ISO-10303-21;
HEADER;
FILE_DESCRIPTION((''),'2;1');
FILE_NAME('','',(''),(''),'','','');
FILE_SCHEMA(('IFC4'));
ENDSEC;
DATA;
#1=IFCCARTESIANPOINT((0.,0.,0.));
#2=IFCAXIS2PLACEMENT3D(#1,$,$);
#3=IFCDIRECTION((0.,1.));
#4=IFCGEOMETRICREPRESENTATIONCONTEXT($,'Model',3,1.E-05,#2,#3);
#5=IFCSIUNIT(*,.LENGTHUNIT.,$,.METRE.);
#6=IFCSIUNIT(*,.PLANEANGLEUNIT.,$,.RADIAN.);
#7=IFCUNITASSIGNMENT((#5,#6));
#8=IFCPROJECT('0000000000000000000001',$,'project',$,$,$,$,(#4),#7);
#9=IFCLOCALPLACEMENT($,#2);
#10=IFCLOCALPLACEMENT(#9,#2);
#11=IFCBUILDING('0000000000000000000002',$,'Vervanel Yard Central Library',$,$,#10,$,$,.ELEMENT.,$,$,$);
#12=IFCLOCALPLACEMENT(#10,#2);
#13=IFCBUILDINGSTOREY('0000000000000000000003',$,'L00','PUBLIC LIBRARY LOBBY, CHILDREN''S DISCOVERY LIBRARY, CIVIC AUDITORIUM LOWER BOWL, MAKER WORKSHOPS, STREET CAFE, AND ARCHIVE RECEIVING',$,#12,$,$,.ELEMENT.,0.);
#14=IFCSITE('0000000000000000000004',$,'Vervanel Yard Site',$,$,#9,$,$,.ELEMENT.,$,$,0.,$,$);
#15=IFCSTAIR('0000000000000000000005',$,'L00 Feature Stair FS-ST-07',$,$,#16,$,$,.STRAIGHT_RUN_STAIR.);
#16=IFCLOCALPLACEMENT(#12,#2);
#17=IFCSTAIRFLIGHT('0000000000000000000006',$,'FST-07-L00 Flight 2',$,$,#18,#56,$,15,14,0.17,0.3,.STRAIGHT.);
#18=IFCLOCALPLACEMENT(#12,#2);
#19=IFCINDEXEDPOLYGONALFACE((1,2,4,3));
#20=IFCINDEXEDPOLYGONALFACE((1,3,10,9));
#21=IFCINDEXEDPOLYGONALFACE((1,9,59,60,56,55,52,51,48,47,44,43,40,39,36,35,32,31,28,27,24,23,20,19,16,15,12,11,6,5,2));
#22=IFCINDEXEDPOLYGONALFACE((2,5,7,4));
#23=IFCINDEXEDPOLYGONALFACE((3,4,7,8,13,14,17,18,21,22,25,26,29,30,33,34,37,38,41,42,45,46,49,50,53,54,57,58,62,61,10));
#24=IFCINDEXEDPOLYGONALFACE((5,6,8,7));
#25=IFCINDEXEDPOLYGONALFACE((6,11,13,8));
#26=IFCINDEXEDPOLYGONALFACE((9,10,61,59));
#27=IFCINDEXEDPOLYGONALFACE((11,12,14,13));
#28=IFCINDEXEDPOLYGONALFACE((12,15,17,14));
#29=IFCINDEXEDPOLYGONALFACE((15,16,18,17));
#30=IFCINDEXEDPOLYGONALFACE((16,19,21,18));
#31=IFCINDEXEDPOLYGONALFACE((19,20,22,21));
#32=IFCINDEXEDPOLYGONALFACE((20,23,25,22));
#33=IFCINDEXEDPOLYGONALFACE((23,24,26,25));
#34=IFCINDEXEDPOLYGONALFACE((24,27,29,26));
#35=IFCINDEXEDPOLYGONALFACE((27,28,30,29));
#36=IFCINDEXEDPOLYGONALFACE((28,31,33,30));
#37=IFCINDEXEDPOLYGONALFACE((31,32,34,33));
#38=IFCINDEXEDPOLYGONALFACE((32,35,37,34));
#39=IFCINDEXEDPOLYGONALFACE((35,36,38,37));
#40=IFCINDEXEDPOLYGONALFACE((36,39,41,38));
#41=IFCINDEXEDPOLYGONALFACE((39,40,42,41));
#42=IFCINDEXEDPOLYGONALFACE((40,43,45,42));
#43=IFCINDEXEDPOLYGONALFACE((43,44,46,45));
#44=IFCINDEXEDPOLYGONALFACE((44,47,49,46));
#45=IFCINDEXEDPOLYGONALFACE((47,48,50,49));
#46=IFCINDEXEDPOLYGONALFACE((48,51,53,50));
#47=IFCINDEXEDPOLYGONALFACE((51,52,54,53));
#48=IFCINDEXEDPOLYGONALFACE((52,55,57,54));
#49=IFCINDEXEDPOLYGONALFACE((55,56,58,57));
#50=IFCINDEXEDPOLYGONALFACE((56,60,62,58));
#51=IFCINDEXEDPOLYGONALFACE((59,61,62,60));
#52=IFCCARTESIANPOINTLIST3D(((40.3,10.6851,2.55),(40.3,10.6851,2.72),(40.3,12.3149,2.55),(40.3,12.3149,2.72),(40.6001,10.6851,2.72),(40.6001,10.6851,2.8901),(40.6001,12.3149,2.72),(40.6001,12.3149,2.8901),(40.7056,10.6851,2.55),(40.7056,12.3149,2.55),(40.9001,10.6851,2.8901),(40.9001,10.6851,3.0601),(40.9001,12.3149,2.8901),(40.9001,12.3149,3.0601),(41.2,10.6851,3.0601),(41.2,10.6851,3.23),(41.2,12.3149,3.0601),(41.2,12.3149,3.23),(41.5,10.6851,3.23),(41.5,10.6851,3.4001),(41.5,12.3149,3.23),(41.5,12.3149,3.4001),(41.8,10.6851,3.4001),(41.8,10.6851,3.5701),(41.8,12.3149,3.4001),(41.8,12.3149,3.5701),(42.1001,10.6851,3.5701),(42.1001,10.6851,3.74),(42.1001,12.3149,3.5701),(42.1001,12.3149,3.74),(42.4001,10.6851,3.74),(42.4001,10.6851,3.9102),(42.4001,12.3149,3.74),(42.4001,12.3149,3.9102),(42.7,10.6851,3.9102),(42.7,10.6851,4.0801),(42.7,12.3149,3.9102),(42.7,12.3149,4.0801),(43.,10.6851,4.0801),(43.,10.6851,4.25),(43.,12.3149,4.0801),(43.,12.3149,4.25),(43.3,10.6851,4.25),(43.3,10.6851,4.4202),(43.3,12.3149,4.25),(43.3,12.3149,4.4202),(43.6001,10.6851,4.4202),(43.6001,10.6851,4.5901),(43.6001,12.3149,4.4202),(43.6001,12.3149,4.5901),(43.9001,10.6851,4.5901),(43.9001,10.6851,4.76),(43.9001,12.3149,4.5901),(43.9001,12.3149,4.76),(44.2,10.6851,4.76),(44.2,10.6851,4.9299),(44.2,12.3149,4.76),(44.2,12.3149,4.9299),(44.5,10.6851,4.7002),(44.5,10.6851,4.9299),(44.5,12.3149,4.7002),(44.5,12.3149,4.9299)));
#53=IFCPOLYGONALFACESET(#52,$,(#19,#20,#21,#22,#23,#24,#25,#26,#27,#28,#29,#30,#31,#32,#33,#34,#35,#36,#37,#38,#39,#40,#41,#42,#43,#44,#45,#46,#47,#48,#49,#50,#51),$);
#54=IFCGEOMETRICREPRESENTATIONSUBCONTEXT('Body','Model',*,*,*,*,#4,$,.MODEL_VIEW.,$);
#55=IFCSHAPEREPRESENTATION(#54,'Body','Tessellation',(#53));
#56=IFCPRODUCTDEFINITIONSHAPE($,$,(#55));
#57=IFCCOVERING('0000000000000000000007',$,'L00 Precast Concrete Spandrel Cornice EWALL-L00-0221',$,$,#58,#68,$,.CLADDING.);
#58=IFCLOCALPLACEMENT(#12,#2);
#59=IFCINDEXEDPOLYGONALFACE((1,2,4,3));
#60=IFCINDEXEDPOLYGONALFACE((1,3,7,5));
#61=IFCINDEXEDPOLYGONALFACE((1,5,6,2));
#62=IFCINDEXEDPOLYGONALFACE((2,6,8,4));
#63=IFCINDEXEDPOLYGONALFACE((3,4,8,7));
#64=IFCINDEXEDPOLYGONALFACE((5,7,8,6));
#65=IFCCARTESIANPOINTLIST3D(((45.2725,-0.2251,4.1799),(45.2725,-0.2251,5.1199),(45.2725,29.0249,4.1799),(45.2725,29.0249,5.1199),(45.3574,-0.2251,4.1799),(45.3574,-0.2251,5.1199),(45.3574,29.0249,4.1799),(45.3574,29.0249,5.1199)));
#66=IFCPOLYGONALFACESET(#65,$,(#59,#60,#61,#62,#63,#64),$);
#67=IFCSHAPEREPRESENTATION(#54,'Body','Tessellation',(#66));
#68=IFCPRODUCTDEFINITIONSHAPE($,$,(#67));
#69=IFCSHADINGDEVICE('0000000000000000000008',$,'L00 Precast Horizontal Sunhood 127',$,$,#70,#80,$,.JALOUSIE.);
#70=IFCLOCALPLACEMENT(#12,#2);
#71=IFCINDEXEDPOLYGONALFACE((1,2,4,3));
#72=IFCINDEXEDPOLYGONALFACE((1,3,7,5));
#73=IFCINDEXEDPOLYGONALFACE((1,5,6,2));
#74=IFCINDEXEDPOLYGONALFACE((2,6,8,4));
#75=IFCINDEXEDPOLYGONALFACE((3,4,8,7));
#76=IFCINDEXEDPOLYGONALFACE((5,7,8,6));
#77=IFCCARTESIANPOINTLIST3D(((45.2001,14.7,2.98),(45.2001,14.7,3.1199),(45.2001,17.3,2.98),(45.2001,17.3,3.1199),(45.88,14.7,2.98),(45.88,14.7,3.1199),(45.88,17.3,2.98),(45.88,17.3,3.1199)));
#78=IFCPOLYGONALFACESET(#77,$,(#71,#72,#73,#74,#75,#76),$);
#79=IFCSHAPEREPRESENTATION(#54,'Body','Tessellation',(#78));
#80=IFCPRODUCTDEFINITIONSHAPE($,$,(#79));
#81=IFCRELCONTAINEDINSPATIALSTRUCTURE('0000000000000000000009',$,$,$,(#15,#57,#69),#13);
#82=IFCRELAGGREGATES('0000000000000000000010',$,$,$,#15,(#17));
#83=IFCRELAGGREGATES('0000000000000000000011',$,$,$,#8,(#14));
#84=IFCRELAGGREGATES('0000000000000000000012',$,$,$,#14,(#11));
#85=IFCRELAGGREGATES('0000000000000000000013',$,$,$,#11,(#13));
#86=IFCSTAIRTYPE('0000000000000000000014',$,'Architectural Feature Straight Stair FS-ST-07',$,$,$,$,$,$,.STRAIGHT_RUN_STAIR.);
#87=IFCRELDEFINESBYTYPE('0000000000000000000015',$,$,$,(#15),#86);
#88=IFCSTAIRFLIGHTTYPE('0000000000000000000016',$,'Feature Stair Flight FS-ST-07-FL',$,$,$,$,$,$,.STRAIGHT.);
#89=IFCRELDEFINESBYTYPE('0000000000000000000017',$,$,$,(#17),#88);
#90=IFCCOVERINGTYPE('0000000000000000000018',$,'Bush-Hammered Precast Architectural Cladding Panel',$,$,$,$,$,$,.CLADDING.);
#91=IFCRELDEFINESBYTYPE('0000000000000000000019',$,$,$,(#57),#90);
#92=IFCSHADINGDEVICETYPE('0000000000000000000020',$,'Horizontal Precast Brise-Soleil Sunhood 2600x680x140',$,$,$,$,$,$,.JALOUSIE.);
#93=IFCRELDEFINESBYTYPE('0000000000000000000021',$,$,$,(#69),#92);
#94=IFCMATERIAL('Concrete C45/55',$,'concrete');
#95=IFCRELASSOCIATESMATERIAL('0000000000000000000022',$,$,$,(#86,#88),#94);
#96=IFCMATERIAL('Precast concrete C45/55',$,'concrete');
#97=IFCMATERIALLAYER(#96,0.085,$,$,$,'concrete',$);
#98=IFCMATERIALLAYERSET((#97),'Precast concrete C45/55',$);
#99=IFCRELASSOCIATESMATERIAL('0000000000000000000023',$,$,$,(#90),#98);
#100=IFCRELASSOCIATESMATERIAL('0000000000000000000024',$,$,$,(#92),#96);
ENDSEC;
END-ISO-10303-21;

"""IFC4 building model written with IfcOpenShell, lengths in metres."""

from ifc_helpers import new_model, si_unit, direction, frame, origin, origin_2d, place, context, subcontext, project, spatial, polyline, rectangle, outline, extrude, material, layer, layer_set, type_object, element, aggregate, save


model = new_model("IFC4")

# Units and contexts
model_context = context("Model", 3, precision=1e-05, world=origin(), true_north=direction((0.0, 1.0)))
body_context = subcontext(model_context, "Body", "Model", "MODEL_VIEW")
ifc_project = project(units=[si_unit("LENGTHUNIT", "METRE"), si_unit("PLANEANGLEUNIT", "RADIAN")], contexts=[model_context])

# Site, building, storey
site_placement = place(None, origin())
site = spatial("IfcSite", under=ifc_project, at=site_placement, Name="Vervanel Yard Site", CompositionType="ELEMENT", RefElevation=0.0)
building_placement = place(site_placement, origin())
building = spatial("IfcBuilding", under=site, at=building_placement, Name="Vervanel Yard Central Library", CompositionType="ELEMENT")
storey_placement = place(building_placement, origin())
storey = spatial("IfcBuildingStorey", under=building, at=storey_placement, Name="L00", Description="PUBLIC LIBRARY LOBBY, CHILDREN'S DISCOVERY LIBRARY, CIVIC AUDITORIUM LOWER BOWL, MAKER WORKSHOPS, STREET CAFE, AND ARCHIVE RECEIVING", CompositionType="ELEMENT", Elevation=0.0)

# Stair, stair flight
ifc_material_1 = material(Name="Concrete C45/55", Category="concrete")
stair_type = type_object("IfcStairType", Name="Architectural Feature Straight Stair FS-ST-07", PredefinedType="STRAIGHT_RUN_STAIR", material=ifc_material_1)
stair_placement = place(storey_placement, origin())
stair = element("IfcStair", 1, at=stair_placement, inside=storey, type_object=stair_type, Name="L00 Feature Stair FS-ST-07", PredefinedType="STRAIGHT_RUN_STAIR")
stair_flight_type = type_object("IfcStairFlightType", Name="Feature Stair Flight FS-ST-07-FL", PredefinedType="STRAIGHT", material=ifc_material_1)
stair_flight_placement = place(storey_placement, frame((40.3, 11.5, 2.55), z_axis=(0.0, 0.0, 1.0), x_axis=(1.0, 0.0, 0.0)))
stair_flight = element("IfcStairFlight", 2, at=stair_flight_placement, type_object=stair_flight_type, Name="FST-07-L00 Flight 2", NumberOfRisers=15, NumberOfTreads=14, PredefinedType="STRAIGHT", RiserHeight=0.17, TreadLength=0.3, context=body_context, shape_type="SweptSolid", body=[
    extrude(outline(polyline([(0.0, 0.0), (0.0, 0.1699), (0.3, 0.1699), (0.3, 0.3401), (0.6001, 0.3401), (0.6001, 0.51), (0.8999, 0.51), (0.8999, 0.6799), (1.2, 0.6799), (1.2, 0.8501), (1.5, 0.8501), (1.5, 1.02), (1.8, 1.02), (1.8, 1.1899), (2.1001, 1.1899), (2.1001, 1.3601), (2.3999, 1.3601), (2.3999, 1.53), (2.7, 1.53), (2.7, 1.7), (3.0, 1.7), (3.0, 1.8701), (3.3, 1.8701), (3.3, 2.04), (3.6001, 2.04), (3.6001, 2.21), (3.8999, 2.21), (3.8999, 2.3799), (4.2, 2.3799), (4.2, 2.55), (4.2, 2.1501), (0.4055, 0.0), (0.0, 0.0)])), frame((0.0, 0.8149, 0.0), z_axis=(0.0, -1.0, 0.0), x_axis=(1.0, 0.0, 0.0)), (0.0, 0.0, 1.0), 1.6299),
])
aggregate(stair, [stair_flight])

# Covering
ifc_material_2 = material(Name="Precast concrete C45/55", Category="concrete")
ifc_layer = layer(ifc_material_2, 0.085, Category="concrete")
ifc_layer_set = layer_set([ifc_layer], Name="Precast concrete C45/55")
covering_type = type_object("IfcCoveringType", Name="Bush-Hammered Precast Architectural Cladding Panel", PredefinedType="CLADDING", material=ifc_layer_set)
covering_placement = place(storey_placement, frame((45.3149, 14.3999, 4.1799), z_axis=(0.0, 0.0, 1.0), x_axis=(0.0, 1.0, 0.0)))
element("IfcCovering", 3, at=covering_placement, inside=storey, type_object=covering_type, Name="L00 Precast Concrete Spandrel Cornice EWALL-L00-0221", PredefinedType="CLADDING", context=body_context, shape_type="SweptSolid", body=[
    extrude(rectangle(XDim=29.25, YDim=0.085, at=origin_2d()), origin(), (0.0, 0.0, 1.0), 0.9399),
])

# Shading device
shading_device_type_1 = type_object("IfcShadingDeviceType", Name="Horizontal Precast Brise-Soleil Sunhood 2600x680x140", PredefinedType="JALOUSIE", material=ifc_material_2)
shading_device_placement = place(storey_placement, frame((45.54, 16.0, 2.98), z_axis=(0.0, 0.0, 1.0), x_axis=(0.0, 1.0, 0.0)))
element("IfcShadingDevice", 4, at=shading_device_placement, inside=storey, type_object=shading_device_type_1, Name="L00 Precast Horizontal Sunhood 127", PredefinedType="JALOUSIE", context=body_context, shape_type="SweptSolid", body=[
    extrude(rectangle(XDim=2.6001, YDim=0.6799, at=origin_2d()), origin(), (0.0, 0.0, 1.0), 0.1399),
])

save(model, "model.ifc")
